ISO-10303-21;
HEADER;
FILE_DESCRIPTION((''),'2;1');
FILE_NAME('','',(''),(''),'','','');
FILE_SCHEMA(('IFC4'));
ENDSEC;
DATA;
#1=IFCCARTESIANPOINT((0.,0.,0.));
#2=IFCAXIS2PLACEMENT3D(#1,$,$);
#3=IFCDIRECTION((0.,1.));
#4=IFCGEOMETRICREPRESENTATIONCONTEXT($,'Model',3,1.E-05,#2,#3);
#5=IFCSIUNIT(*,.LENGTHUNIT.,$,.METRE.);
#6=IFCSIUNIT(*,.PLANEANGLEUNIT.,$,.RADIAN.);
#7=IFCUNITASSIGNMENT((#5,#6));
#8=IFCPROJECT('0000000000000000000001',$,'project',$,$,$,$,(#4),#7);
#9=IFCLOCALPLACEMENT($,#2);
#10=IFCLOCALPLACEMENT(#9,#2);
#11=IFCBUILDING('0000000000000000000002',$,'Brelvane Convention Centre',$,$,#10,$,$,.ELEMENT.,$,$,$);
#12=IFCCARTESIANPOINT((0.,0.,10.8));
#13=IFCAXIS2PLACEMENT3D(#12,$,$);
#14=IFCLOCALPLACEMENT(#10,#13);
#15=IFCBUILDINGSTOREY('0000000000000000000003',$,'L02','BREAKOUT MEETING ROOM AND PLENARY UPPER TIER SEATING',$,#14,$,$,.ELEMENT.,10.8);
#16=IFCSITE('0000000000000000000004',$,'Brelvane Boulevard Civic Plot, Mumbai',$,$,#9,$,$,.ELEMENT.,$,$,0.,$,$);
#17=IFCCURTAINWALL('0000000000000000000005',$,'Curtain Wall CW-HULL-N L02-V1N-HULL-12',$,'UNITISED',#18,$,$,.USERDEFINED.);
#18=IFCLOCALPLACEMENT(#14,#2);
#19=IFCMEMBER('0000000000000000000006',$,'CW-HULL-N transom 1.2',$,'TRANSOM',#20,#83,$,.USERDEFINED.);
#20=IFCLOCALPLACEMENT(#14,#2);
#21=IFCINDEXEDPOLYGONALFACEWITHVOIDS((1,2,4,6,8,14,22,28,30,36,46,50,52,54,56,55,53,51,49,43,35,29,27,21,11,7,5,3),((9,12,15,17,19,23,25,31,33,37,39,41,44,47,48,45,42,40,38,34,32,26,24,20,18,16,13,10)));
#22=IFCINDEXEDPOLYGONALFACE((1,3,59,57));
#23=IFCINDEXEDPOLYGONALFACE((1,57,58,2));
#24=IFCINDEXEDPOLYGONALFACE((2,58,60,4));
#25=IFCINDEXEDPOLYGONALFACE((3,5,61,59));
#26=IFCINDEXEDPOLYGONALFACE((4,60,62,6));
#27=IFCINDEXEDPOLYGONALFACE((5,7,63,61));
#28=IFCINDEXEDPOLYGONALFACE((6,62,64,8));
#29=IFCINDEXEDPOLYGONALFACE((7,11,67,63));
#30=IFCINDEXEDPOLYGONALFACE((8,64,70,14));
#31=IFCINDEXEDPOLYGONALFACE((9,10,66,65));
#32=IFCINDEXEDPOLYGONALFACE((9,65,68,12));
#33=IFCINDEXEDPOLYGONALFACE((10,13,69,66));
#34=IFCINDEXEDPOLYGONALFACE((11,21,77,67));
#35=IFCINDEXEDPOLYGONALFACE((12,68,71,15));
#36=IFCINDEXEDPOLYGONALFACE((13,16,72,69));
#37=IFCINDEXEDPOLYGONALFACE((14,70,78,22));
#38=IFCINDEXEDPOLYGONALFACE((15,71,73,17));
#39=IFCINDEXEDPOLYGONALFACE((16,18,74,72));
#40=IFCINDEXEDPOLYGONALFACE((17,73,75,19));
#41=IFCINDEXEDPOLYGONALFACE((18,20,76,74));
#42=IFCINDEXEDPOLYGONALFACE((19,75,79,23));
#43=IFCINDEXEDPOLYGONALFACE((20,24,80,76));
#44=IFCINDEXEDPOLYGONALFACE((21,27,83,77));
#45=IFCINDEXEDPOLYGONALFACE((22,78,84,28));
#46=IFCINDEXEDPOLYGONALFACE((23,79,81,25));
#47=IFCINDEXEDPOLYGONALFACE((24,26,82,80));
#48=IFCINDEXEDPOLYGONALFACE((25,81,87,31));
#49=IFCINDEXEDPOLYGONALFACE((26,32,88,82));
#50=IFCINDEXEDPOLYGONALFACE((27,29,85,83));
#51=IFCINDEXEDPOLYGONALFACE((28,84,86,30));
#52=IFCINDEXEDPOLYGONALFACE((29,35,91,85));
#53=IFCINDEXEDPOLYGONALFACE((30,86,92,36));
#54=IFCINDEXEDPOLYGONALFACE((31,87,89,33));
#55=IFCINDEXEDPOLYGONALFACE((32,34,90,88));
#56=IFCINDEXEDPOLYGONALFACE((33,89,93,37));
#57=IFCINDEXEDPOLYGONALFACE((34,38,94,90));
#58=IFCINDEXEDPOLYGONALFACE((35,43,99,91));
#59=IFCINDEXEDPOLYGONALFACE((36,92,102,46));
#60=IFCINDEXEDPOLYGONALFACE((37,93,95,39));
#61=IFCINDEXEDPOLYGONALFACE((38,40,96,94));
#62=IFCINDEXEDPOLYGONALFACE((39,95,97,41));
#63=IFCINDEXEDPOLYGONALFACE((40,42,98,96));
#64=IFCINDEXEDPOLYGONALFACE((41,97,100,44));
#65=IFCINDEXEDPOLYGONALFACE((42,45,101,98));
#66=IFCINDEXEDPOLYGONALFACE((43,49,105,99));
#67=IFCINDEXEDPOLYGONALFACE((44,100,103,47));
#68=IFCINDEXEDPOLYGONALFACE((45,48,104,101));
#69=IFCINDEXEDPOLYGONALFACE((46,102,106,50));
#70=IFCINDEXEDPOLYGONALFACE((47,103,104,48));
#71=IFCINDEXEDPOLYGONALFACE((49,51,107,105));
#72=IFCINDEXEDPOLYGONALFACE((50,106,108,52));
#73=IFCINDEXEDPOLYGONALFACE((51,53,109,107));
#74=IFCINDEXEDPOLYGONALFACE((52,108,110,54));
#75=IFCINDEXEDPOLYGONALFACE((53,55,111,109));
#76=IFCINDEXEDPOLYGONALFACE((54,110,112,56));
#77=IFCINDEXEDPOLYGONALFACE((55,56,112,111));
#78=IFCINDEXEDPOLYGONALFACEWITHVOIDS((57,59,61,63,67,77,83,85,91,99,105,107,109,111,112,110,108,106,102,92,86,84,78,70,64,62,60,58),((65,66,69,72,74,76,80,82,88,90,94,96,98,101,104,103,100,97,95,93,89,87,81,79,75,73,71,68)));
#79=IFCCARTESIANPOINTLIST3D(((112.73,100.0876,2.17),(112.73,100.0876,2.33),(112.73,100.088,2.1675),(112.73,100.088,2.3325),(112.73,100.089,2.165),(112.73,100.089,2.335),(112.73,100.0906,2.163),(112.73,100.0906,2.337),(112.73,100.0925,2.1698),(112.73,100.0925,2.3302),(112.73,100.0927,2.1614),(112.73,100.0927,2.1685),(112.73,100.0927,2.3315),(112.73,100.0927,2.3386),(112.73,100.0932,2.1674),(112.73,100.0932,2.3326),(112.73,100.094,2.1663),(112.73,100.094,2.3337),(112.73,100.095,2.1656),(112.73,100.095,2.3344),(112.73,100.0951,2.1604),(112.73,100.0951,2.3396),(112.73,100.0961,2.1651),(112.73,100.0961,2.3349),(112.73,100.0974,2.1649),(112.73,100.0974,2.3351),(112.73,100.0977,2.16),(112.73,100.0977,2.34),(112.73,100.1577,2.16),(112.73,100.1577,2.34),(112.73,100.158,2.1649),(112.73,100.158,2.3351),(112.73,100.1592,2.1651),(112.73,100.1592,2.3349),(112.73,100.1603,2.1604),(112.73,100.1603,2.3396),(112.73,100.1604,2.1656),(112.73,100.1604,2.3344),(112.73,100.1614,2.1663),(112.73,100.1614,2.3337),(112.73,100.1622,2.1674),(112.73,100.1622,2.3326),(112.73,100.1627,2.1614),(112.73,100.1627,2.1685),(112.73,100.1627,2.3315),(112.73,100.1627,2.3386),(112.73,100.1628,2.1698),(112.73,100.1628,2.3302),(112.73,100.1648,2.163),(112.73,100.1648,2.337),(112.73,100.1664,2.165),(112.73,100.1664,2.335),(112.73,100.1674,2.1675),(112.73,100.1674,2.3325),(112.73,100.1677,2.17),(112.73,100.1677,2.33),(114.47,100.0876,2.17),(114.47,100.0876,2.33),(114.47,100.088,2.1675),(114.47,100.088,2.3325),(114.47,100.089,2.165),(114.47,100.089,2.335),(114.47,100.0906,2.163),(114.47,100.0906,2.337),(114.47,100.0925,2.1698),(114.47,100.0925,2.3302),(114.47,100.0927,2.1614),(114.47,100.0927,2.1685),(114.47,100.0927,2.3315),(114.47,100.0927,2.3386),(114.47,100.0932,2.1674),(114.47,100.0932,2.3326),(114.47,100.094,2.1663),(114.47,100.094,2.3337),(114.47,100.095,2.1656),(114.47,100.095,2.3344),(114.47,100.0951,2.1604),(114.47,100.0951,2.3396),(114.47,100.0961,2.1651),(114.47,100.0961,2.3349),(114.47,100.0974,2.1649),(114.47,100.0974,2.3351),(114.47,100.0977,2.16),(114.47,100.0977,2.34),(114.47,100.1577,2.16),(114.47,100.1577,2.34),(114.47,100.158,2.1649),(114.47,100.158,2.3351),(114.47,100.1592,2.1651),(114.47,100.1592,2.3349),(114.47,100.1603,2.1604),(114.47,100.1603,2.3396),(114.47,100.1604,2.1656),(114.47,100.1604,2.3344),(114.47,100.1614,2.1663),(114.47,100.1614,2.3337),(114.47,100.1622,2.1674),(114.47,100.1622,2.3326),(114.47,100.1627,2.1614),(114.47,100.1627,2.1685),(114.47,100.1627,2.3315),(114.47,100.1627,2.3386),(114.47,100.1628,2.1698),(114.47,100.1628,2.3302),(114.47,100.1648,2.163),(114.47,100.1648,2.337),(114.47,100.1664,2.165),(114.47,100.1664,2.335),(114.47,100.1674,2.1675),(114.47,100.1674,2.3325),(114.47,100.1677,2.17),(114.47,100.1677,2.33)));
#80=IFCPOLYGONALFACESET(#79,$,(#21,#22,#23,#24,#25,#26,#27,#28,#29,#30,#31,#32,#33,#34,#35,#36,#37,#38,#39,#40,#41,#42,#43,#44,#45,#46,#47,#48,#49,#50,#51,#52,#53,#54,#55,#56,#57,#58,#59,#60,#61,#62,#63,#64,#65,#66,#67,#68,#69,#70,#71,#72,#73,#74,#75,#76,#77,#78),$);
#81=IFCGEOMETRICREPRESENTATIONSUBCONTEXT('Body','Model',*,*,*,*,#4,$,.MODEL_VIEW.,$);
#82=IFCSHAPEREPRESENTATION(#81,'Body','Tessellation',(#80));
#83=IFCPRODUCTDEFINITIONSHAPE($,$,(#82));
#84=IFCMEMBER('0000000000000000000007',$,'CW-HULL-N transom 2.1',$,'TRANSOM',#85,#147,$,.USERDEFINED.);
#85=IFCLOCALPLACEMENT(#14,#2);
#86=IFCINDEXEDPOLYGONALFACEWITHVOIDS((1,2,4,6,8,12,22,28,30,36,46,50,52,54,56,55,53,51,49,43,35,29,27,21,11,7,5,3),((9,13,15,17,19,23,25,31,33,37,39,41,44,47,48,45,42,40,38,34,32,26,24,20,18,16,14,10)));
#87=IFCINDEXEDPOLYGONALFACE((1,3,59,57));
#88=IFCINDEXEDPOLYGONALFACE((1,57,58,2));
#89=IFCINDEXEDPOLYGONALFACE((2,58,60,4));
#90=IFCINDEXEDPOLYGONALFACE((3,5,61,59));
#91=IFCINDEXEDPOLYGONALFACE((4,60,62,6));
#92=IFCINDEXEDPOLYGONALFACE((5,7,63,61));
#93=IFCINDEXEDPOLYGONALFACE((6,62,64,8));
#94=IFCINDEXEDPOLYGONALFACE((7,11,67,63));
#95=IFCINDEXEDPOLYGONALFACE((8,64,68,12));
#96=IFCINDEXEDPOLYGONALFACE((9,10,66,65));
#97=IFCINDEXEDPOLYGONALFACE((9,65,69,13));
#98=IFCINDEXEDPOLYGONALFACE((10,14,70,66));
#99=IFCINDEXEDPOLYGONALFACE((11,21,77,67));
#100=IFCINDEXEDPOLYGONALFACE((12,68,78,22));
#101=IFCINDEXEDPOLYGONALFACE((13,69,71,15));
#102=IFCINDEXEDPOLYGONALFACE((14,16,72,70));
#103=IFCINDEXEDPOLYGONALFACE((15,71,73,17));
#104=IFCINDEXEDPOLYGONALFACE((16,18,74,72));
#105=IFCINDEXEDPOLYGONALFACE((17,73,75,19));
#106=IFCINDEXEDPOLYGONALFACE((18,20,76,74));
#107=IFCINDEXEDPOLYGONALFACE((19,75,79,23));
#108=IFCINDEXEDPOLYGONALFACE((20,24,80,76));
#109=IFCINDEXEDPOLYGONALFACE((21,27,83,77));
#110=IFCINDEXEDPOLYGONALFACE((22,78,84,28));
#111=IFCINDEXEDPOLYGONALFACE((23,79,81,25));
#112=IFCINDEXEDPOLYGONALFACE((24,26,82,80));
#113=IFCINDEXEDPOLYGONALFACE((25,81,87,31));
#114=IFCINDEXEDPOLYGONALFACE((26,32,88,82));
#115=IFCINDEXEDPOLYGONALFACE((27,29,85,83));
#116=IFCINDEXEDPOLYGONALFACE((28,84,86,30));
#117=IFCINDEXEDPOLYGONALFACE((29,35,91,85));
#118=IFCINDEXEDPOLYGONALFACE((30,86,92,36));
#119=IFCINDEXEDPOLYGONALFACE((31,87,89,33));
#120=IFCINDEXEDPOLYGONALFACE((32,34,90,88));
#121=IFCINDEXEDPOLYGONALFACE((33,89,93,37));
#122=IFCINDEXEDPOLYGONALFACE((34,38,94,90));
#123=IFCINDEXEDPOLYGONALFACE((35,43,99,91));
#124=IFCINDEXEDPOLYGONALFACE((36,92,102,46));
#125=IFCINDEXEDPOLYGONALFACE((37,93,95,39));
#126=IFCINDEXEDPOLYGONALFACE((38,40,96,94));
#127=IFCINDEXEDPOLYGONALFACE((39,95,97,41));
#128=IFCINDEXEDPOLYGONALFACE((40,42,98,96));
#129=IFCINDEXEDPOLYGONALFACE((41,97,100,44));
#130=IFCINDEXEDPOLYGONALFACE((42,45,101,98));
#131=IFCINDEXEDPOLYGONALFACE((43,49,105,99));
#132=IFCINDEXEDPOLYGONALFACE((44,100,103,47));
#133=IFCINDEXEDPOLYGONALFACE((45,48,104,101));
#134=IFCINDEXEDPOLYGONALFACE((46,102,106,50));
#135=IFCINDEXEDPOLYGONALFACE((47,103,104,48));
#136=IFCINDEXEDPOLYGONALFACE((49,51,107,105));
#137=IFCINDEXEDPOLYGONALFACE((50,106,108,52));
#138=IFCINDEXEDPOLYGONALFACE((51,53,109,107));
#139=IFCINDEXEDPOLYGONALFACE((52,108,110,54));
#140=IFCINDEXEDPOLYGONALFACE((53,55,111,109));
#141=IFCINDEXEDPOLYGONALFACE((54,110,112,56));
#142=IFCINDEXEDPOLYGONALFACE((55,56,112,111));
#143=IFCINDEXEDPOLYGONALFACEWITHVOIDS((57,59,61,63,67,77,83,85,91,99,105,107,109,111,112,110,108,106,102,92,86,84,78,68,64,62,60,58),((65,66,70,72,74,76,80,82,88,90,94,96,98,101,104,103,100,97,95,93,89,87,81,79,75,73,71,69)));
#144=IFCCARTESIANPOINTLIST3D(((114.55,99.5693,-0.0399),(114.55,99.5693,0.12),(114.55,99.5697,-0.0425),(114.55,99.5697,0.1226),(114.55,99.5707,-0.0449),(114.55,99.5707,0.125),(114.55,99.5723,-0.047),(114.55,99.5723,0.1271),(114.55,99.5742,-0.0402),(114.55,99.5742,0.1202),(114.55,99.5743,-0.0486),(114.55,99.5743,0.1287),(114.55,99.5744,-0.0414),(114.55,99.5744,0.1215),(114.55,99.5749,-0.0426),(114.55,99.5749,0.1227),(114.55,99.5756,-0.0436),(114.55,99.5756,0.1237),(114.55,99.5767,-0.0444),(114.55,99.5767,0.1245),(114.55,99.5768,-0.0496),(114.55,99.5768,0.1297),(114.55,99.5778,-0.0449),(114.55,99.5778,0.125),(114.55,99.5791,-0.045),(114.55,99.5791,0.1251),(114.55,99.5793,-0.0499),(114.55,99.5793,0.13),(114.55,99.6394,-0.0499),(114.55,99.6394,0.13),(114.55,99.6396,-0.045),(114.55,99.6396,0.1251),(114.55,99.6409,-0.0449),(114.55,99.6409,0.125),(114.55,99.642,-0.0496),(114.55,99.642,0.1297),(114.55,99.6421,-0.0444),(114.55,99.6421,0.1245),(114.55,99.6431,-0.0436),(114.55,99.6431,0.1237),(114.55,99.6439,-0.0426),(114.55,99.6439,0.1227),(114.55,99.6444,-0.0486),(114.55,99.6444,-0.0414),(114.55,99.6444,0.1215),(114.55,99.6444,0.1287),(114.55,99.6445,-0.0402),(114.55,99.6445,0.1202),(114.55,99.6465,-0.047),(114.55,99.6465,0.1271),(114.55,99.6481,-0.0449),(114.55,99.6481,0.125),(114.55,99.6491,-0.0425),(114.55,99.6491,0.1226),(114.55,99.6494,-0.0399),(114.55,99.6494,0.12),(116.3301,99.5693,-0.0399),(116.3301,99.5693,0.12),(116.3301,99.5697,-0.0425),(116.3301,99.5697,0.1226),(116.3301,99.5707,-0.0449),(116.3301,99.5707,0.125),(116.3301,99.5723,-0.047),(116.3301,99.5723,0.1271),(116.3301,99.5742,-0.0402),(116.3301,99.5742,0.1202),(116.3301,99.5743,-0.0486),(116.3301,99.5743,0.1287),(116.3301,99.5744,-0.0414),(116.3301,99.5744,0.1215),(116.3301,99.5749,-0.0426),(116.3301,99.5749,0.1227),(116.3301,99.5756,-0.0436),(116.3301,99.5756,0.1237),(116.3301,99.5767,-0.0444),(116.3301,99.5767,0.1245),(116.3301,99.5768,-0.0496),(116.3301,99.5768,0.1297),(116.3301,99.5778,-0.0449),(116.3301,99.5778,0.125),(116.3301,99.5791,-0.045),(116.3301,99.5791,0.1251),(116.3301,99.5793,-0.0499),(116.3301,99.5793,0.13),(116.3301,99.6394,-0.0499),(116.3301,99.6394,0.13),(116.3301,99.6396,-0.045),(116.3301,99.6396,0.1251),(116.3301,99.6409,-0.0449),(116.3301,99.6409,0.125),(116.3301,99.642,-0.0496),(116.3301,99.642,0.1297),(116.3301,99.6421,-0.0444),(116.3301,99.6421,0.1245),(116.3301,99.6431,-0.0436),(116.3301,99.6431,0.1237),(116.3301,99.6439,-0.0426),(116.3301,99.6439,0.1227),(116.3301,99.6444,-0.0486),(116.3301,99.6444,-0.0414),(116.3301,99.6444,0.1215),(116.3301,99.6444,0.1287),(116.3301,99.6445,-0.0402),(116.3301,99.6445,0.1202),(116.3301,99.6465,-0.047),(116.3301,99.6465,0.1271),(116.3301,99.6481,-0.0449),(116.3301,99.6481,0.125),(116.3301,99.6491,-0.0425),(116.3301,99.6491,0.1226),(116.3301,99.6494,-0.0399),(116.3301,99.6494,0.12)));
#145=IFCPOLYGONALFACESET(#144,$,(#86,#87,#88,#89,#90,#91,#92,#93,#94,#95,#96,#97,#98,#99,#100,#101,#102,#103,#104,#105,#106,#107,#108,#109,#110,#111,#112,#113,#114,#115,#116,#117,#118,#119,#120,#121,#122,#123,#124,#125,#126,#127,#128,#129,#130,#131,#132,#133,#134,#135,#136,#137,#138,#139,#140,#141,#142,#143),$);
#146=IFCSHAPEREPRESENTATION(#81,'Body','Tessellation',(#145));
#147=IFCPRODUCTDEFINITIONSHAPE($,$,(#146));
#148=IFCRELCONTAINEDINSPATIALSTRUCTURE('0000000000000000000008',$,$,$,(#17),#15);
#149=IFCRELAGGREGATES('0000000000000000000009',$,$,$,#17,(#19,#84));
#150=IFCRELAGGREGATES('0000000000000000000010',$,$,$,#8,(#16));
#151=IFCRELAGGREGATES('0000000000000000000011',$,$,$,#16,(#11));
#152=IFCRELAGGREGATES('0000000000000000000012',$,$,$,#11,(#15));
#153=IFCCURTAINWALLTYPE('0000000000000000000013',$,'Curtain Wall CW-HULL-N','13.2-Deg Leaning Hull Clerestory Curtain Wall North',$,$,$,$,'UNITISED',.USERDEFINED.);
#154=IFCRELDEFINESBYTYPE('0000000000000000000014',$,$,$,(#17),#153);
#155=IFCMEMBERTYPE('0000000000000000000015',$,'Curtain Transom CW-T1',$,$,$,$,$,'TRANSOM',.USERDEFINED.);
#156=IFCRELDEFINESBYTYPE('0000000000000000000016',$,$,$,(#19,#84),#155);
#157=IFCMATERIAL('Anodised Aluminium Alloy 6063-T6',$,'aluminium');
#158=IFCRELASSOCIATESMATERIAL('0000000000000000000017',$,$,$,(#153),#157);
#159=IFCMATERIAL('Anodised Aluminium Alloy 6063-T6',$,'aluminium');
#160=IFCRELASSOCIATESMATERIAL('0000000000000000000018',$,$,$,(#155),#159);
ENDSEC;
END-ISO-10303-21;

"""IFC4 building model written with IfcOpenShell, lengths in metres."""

from ifc_helpers import new_model, si_unit, direction, frame, origin, origin_2d, place, context, subcontext, project, spatial, hollow_rectangle, extrude, material, material_profile, profile_set, type_object, element, aggregate, save


model = new_model("IFC4")

# Units and contexts
model_context = context("Model", 3, precision=1e-05, world=origin(), true_north=direction((0.0, 1.0)))
body_context = subcontext(model_context, "Body", "Model", "MODEL_VIEW")
ifc_project = project(units=[si_unit("LENGTHUNIT", "METRE"), si_unit("PLANEANGLEUNIT", "RADIAN")], contexts=[model_context])

# Site, building, storey
site_placement = place(None, origin())
site = spatial("IfcSite", under=ifc_project, at=site_placement, Name="Brelvane Boulevard Civic Plot, Mumbai", CompositionType="ELEMENT", RefElevation=0.0)
building_placement = place(site_placement, origin())
building = spatial("IfcBuilding", under=site, at=building_placement, Name="Brelvane Convention Centre", CompositionType="ELEMENT")
storey_placement = place(building_placement, frame((0.0, 0.0, 10.8)))
storey = spatial("IfcBuildingStorey", under=building, at=storey_placement, Name="L02", Description="BREAKOUT MEETING ROOM AND PLENARY UPPER TIER SEATING", CompositionType="ELEMENT", Elevation=10.8)

# Curtain wall
ifc_material_1 = material(Name="Anodised Aluminium Alloy 6063-T6", Category="aluminium")
curtain_wall_type = type_object("IfcCurtainWallType", Name="Curtain Wall CW-HULL-N", Description="13.2-Deg Leaning Hull Clerestory Curtain Wall North", ElementType="UNITISED", PredefinedType="USERDEFINED", material=ifc_material_1)
curtain_wall_1_placement = place(storey_placement, origin())
curtain_wall_1 = element("IfcCurtainWall", 1, at=curtain_wall_1_placement, inside=storey, type_object=curtain_wall_type, Name="Curtain Wall CW-HULL-N L02-V1N-HULL-12", ObjectType="UNITISED", PredefinedType="USERDEFINED")

# Members
ifc_material_2 = material(Name="Anodised Aluminium Alloy 6063-T6", Category="aluminium")
ifc_material_profile_1 = material_profile(ifc_material_2, hollow_rectangle(XDim=0.0801, YDim=0.1799, WallThickness=0.0049, InnerFilletRadius=0.0049, OuterFilletRadius=0.01, at=origin_2d()), Name="ALU-T 180x80x5.0")
ifc_profile_set_1 = profile_set([ifc_material_profile_1], Name="Anodised Aluminium Alloy 6063-T6")
member_type_1 = type_object("IfcMemberType", Name="Curtain Transom CW-T1", ElementType="TRANSOM", PredefinedType="USERDEFINED", material=ifc_profile_set_1)
member_1_placement = place(storey_placement, frame((112.73, 100.1277, 2.25), z_axis=(1.0, 0.0, 0.0), x_axis=(0.0, 1.0, 0.0)))
member_1 = element("IfcMember", 2, at=member_1_placement, type_object=member_type_1, Name="CW-HULL-N transom 1.2", ObjectType="TRANSOM", PredefinedType="USERDEFINED", context=body_context, shape_type="SweptSolid", body=[
    extrude(hollow_rectangle(XDim=0.0801, YDim=0.1799, WallThickness=0.0049, InnerFilletRadius=0.0049, OuterFilletRadius=0.01, at=origin_2d()), origin(), (0.0, 0.0, 1.0), 1.74),
])
member_2_placement = place(storey_placement, frame((114.55, 99.6094, 0.04), z_axis=(1.0, 0.0, 0.0), x_axis=(0.0, 1.0, 0.0)))
member_2 = element("IfcMember", 3, at=member_2_placement, type_object=member_type_1, Name="CW-HULL-N transom 2.1", ObjectType="TRANSOM", PredefinedType="USERDEFINED", context=body_context, shape_type="SweptSolid", body=[
    extrude(hollow_rectangle(XDim=0.0801, YDim=0.1799, WallThickness=0.0049, InnerFilletRadius=0.0049, OuterFilletRadius=0.01, at=origin_2d()), origin(), (0.0, 0.0, 1.0), 1.78),
])

aggregate(curtain_wall_1, [member_1, member_2])

save(model, "model.ifc")
